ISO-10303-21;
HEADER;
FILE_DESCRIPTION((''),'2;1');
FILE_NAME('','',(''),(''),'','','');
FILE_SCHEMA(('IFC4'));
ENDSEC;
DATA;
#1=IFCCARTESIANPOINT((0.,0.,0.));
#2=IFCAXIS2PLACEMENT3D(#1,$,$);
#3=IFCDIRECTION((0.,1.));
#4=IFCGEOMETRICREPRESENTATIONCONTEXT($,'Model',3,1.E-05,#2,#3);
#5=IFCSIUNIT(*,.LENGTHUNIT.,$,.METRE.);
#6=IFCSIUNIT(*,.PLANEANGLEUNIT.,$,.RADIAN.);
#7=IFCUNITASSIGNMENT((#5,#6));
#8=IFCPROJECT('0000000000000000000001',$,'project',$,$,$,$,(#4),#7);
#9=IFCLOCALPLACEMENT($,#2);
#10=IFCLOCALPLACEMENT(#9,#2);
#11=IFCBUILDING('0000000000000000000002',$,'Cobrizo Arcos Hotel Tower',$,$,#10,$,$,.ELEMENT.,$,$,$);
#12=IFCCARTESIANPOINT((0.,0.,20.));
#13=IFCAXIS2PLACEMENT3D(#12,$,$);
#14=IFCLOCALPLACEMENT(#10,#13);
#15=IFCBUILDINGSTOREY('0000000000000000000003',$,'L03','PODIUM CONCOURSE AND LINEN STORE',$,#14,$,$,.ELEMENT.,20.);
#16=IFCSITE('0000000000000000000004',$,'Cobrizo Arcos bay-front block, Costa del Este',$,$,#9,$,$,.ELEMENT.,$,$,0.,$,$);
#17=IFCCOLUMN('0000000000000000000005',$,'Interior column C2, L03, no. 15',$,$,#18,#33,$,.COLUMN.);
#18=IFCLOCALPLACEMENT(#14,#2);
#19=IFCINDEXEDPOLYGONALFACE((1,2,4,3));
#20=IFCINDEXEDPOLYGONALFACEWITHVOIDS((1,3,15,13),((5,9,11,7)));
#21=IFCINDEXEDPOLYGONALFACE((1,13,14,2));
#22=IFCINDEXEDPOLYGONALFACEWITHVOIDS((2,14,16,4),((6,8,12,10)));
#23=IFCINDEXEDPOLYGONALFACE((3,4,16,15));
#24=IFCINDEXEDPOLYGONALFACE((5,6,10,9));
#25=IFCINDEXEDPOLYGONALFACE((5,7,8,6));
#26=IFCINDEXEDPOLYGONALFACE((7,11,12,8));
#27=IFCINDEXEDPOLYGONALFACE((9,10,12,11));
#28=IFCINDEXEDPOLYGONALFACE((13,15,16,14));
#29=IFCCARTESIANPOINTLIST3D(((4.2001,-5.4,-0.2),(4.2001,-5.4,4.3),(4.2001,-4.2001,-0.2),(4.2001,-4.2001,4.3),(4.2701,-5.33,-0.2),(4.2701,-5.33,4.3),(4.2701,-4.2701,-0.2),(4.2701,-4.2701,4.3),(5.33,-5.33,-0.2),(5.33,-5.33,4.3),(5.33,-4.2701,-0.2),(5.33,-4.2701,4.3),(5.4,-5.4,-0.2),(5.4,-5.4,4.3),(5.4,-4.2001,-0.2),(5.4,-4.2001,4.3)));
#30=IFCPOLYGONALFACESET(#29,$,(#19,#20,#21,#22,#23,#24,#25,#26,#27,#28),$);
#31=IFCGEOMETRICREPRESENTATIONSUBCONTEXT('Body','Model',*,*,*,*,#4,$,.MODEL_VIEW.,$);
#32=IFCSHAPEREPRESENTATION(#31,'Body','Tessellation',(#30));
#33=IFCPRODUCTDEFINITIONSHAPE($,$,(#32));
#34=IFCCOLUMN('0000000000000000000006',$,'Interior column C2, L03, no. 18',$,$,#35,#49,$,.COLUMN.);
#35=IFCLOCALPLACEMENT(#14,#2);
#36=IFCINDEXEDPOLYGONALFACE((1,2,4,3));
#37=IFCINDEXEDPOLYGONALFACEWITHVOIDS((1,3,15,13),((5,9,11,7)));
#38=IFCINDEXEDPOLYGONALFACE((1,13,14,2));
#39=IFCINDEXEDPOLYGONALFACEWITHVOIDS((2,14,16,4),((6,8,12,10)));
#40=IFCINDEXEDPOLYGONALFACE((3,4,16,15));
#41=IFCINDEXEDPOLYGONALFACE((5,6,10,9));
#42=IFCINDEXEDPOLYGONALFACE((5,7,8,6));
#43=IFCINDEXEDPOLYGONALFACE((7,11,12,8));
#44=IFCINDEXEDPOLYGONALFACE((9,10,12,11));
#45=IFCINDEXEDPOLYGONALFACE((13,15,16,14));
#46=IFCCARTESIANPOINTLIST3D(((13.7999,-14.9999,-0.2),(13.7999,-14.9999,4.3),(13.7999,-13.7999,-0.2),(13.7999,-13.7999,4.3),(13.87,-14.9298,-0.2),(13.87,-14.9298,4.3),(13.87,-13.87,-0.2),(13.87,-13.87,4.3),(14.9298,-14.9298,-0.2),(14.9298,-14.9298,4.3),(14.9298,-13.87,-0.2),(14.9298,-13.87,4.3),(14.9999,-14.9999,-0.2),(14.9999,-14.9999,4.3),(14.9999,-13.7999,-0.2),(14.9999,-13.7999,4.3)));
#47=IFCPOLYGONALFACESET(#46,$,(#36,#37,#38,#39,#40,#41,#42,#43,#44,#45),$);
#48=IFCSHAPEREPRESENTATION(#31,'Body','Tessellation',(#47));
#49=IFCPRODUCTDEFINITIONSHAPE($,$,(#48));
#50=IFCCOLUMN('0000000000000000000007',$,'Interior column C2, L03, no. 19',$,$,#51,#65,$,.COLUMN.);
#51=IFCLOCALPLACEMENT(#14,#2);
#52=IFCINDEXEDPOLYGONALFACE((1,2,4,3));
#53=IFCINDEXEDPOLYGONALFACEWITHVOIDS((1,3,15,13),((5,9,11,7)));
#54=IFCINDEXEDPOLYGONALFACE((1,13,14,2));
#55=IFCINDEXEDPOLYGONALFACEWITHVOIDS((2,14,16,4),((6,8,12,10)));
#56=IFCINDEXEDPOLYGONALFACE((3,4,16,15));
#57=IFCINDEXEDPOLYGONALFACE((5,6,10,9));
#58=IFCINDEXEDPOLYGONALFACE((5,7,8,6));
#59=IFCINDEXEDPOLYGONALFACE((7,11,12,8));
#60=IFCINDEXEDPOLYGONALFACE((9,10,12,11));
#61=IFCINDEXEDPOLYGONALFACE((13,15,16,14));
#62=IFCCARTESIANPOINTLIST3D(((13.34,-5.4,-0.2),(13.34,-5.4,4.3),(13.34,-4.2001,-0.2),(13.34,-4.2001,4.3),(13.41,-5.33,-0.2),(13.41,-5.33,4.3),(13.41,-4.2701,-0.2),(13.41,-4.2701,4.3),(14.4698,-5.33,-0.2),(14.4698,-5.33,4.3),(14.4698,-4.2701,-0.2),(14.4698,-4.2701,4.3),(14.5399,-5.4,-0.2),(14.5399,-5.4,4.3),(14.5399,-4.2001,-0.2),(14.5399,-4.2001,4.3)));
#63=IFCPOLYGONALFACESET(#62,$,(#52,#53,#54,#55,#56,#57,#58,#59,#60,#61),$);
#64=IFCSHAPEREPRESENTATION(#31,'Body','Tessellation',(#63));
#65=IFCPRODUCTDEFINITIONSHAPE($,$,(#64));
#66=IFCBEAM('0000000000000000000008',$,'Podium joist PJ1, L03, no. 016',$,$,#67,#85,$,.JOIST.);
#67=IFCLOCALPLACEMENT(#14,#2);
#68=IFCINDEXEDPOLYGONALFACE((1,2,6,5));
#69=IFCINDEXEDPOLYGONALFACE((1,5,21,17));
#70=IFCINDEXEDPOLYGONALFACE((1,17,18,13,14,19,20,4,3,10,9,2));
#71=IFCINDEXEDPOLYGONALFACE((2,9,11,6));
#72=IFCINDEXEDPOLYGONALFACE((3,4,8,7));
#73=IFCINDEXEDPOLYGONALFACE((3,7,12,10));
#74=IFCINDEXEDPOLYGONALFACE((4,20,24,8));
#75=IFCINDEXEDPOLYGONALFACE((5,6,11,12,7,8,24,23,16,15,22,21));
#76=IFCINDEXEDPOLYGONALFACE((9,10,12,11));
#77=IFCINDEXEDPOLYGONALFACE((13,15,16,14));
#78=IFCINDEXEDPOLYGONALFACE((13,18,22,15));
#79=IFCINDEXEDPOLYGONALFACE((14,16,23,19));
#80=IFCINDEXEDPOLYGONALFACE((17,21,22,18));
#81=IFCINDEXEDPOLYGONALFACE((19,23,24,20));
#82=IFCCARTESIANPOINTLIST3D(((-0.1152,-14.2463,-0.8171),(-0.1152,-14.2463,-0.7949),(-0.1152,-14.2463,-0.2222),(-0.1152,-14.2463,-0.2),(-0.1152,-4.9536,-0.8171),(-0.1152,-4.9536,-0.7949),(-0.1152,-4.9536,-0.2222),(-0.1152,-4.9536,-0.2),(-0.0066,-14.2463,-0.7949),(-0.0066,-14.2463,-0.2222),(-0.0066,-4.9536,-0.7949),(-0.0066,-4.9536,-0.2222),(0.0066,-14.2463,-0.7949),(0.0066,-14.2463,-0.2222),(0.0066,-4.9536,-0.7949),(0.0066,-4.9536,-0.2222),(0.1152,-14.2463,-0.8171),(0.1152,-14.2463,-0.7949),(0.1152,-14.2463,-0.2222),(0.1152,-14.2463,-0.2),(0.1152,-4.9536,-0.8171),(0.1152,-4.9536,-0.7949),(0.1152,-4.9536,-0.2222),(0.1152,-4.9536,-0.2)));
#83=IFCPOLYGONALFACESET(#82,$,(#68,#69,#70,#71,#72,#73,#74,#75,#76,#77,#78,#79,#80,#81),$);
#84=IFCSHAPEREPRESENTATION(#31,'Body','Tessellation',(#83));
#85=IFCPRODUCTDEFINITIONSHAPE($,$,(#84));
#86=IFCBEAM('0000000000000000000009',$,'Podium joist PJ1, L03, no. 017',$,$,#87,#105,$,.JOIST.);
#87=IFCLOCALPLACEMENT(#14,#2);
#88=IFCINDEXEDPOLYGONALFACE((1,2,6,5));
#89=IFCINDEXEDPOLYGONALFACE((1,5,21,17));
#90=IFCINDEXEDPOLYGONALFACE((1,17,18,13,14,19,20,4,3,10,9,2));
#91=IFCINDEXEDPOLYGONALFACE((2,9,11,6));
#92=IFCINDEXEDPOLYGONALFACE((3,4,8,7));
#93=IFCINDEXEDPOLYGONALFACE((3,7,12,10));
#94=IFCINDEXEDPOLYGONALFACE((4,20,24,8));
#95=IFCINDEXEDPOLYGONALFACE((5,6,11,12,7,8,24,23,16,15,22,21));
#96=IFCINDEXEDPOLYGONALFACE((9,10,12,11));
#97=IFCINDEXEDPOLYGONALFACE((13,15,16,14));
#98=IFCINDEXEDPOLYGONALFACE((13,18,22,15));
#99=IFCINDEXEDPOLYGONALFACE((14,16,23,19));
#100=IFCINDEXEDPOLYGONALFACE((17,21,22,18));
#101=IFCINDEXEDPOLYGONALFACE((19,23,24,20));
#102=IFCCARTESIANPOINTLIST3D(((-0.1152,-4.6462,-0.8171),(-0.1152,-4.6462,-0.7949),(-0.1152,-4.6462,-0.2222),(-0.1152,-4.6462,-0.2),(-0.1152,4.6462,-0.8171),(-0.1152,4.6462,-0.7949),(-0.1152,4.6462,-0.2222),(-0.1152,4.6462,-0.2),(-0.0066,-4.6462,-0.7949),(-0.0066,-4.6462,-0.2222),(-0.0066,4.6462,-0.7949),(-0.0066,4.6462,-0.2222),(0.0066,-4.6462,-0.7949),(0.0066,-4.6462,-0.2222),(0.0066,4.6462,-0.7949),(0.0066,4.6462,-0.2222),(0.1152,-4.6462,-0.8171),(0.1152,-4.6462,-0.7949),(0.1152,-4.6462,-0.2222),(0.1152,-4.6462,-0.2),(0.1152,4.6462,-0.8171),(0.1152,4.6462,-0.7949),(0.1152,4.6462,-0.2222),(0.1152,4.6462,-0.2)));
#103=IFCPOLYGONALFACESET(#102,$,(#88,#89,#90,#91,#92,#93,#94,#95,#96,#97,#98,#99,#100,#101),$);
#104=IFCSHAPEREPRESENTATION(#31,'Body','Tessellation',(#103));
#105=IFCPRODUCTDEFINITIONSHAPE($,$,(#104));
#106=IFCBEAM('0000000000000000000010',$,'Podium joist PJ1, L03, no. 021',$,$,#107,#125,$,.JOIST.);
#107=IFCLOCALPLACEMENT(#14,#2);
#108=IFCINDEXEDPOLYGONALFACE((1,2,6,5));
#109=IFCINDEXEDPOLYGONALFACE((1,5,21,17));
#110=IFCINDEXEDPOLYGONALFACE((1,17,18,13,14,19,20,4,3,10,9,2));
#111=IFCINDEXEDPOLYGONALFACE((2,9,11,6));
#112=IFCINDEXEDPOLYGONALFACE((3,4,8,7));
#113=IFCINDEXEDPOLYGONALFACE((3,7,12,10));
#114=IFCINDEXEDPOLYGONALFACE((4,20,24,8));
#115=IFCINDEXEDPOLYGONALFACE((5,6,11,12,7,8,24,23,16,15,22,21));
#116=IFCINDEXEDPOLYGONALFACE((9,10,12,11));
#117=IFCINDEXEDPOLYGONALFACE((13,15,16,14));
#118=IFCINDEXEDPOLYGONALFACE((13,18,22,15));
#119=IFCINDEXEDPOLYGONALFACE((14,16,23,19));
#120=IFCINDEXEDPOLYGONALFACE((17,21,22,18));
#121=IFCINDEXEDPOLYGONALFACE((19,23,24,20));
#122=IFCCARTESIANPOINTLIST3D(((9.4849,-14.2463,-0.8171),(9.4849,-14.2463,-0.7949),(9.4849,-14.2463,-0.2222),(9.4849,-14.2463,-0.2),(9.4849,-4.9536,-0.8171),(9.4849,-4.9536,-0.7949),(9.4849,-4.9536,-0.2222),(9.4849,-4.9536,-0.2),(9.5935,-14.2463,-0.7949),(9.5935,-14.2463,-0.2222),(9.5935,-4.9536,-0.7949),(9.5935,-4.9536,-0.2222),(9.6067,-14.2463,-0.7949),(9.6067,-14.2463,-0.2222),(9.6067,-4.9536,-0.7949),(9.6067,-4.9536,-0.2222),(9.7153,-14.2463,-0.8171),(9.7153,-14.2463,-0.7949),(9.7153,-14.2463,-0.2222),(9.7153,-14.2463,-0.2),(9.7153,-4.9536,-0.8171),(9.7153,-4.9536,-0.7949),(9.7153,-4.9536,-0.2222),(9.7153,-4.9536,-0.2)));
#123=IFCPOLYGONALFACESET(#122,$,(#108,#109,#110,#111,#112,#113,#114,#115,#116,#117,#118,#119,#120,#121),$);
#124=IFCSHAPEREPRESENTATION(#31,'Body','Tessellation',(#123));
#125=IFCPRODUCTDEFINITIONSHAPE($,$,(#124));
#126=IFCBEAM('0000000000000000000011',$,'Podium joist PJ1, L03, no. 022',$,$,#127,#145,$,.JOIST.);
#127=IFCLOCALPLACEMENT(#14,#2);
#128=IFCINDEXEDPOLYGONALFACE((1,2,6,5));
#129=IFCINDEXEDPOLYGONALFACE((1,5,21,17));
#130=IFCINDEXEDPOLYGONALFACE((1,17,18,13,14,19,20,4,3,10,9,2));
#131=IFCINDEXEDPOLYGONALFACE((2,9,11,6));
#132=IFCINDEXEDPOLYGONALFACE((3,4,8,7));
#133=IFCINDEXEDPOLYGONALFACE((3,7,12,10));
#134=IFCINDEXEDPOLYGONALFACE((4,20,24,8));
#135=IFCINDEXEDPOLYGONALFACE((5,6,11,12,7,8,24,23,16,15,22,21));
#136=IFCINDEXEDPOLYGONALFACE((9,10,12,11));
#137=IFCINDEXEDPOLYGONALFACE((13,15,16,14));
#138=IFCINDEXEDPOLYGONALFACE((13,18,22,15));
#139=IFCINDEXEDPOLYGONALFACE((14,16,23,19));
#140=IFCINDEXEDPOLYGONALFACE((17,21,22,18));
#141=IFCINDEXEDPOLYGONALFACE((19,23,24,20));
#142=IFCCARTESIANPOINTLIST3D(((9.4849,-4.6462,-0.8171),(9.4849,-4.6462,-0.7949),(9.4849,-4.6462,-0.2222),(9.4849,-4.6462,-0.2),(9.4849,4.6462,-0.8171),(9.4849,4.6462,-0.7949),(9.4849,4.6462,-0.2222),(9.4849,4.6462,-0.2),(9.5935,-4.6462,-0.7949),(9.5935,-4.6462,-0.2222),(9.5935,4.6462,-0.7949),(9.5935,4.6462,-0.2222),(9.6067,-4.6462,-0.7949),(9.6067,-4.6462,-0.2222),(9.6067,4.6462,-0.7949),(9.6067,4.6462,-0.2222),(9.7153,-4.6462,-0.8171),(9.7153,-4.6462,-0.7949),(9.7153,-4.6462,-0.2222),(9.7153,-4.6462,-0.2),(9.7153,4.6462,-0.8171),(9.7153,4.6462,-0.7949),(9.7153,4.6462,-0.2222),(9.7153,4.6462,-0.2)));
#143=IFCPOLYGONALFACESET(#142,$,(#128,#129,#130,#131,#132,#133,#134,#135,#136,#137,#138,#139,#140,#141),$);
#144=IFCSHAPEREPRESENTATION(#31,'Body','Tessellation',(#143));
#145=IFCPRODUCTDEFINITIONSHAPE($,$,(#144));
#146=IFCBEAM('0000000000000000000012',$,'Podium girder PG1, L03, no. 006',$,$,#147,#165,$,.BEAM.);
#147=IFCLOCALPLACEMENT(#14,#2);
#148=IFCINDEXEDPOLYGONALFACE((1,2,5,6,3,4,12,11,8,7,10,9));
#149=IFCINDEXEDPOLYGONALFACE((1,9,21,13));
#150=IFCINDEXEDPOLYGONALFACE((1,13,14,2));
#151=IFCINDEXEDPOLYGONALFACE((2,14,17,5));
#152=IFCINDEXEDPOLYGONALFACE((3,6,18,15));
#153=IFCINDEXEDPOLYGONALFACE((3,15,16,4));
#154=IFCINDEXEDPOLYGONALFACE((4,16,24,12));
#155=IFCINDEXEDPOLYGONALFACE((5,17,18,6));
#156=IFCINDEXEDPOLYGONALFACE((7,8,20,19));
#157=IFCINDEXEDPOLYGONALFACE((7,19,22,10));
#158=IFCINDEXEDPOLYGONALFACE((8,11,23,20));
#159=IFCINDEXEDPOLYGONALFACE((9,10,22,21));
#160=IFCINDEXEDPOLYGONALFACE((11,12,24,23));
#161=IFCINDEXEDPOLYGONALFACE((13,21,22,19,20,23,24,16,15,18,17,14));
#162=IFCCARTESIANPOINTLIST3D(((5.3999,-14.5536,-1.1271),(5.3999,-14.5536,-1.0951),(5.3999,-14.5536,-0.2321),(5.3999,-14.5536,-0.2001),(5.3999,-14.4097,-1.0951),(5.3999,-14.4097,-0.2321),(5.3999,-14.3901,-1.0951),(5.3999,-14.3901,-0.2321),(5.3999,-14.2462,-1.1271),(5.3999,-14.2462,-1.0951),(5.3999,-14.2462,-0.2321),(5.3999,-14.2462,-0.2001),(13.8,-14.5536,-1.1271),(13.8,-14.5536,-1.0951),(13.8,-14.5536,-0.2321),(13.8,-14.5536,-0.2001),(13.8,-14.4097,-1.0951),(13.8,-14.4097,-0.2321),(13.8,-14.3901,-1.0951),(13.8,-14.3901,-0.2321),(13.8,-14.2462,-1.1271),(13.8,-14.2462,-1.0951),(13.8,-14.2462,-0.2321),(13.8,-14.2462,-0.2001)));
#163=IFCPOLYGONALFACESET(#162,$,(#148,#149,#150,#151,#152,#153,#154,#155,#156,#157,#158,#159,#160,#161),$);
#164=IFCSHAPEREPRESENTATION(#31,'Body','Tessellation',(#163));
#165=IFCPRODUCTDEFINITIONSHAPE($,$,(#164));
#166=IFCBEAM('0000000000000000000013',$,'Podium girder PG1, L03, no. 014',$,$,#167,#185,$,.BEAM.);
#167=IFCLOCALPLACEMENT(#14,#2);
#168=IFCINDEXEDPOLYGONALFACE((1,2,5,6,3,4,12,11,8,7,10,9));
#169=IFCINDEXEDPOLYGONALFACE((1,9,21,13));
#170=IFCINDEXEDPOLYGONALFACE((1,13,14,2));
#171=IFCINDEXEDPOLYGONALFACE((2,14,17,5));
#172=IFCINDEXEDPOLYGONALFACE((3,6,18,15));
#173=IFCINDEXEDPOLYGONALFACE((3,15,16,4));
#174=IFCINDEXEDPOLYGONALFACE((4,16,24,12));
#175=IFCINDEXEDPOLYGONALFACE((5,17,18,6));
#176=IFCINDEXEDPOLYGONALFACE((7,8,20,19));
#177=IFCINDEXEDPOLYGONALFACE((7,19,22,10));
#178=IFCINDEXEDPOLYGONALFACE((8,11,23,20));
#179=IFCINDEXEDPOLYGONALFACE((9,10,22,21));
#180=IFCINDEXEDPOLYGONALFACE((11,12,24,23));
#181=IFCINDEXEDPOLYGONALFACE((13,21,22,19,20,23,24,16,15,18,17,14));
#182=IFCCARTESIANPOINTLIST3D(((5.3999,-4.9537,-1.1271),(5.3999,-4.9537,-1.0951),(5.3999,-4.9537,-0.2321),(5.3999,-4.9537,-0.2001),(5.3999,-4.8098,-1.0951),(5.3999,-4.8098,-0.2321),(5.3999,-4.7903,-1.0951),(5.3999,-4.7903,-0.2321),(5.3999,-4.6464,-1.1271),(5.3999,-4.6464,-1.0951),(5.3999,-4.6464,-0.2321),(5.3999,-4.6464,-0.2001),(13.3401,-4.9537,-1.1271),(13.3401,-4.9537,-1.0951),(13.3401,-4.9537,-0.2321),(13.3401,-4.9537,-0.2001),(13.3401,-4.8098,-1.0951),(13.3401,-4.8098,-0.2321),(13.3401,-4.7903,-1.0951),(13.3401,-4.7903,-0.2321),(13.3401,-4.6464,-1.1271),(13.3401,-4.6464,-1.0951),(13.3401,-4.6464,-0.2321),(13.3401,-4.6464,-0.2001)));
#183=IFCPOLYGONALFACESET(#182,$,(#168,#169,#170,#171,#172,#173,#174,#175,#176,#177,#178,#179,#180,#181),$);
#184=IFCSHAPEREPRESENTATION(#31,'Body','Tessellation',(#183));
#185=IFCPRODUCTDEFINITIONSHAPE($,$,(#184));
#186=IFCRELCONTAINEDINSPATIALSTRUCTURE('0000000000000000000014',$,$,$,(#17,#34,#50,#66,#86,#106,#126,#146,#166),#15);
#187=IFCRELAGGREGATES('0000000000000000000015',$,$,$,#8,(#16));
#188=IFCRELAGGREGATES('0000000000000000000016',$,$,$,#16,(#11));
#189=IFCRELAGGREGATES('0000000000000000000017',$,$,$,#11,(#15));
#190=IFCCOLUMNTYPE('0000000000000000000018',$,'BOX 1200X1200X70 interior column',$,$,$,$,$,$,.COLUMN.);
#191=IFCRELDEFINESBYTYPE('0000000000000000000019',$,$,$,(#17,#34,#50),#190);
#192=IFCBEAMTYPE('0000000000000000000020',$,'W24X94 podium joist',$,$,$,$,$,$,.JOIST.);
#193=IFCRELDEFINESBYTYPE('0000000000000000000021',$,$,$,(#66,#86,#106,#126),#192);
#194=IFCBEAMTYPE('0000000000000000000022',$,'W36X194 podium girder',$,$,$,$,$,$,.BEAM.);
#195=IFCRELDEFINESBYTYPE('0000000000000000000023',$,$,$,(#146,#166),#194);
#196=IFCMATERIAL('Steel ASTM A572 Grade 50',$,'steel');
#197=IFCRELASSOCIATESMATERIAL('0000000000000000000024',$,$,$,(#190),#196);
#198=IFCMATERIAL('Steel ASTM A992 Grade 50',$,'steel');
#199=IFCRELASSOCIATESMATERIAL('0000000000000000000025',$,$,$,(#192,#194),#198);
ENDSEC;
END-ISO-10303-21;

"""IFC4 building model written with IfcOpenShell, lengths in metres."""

from ifc_helpers import new_model, si_unit, direction, frame, origin, origin_2d, place, context, subcontext, project, spatial, hollow_rectangle, i_section, extrude, material, material_profile, profile_set, type_object, element, save


model = new_model("IFC4")

# Units and contexts
model_context = context("Model", 3, precision=1e-05, world=origin(), true_north=direction((0.0, 1.0)))
body_context = subcontext(model_context, "Body", "Model", "MODEL_VIEW")
ifc_project = project(units=[si_unit("LENGTHUNIT", "METRE"), si_unit("PLANEANGLEUNIT", "RADIAN")], contexts=[model_context])

# Site, building, storey
site_placement = place(None, origin())
site = spatial("IfcSite", under=ifc_project, at=site_placement, Name="Cobrizo Arcos bay-front block, Costa del Este", CompositionType="ELEMENT", RefElevation=0.0)
building_placement = place(site_placement, origin())
building = spatial("IfcBuilding", under=site, at=building_placement, Name="Cobrizo Arcos Hotel Tower", CompositionType="ELEMENT")
storey_placement = place(building_placement, frame((0.0, 0.0, 20.0)))
storey = spatial("IfcBuildingStorey", under=building, at=storey_placement, Name="L03", Description="PODIUM CONCOURSE AND LINEN STORE", CompositionType="ELEMENT", Elevation=20.0)

# Columns
ifc_material_1 = material(Name="Steel ASTM A572 Grade 50", Category="steel")
ifc_material_profile_1 = material_profile(ifc_material_1, hollow_rectangle(XDim=1.2, YDim=1.2, WallThickness=0.0701, at=origin_2d()), Name="BOX 1200X1200X70")
ifc_profile_set_1 = profile_set([ifc_material_profile_1], Name="Steel ASTM A572 Grade 50")
column_type = type_object("IfcColumnType", Name="BOX 1200X1200X70 interior column", PredefinedType="COLUMN", material=ifc_profile_set_1)
for number, where, z_axis, x_axis, name in (
    (1, (4.8, -4.8, -0.2), (0.0, 0.0, 1.0), (1.0, 0.0, 0.0), "Interior column C2, L03, no. 15"),
    (2, (14.3999, -14.3999, -0.2), (0.0, 0.0, 1.0), (1.0, 0.0, 0.0), "Interior column C2, L03, no. 18"),
    (3, (13.9399, -4.8, -0.2), (0.0, 0.0, 1.0), (1.0, 0.0, 0.0), "Interior column C2, L03, no. 19"),
):
    element("IfcColumn", number, at=place(storey_placement, frame(where, z_axis=z_axis, x_axis=x_axis)), inside=storey, type_object=column_type, Name=name, PredefinedType="COLUMN", context=body_context, shape_type="SweptSolid", body=[
        extrude(hollow_rectangle(XDim=1.2, YDim=1.2, WallThickness=0.0701, at=origin_2d()), origin(), (0.0, 0.0, 1.0), 4.5),
    ])

# Beams
ifc_material_2 = material(Name="Steel ASTM A992 Grade 50", Category="steel")
ifc_material_profile_2 = material_profile(ifc_material_2, i_section(OverallWidth=0.2305, OverallDepth=0.6172, WebThickness=0.0132, FlangeThickness=0.0222, at=origin_2d()), Name="W24X94")
ifc_profile_set_2 = profile_set([ifc_material_profile_2], Name="Steel ASTM A992 Grade 50")
beam_type_1 = type_object("IfcBeamType", Name="W24X94 podium joist", PredefinedType="JOIST", material=ifc_profile_set_2)
beam_1_placement = place(storey_placement, frame((0.0, -14.2463, -0.5085), z_axis=(0.0, 1.0, 0.0), x_axis=(-1.0, 0.0, 0.0)))
element("IfcBeam", 4, at=beam_1_placement, inside=storey, type_object=beam_type_1, Name="Podium joist PJ1, L03, no. 016", PredefinedType="JOIST", context=body_context, shape_type="SweptSolid", body=[
    extrude(i_section(OverallWidth=0.2305, OverallDepth=0.6172, WebThickness=0.0132, FlangeThickness=0.0222, at=origin_2d()), origin(), (0.0, 0.0, 1.0), 9.2927),
])
beam_2_placement = place(storey_placement, frame((0.0, -4.6462, -0.5085), z_axis=(0.0, 1.0, 0.0), x_axis=(-1.0, 0.0, 0.0)))
element("IfcBeam", 5, at=beam_2_placement, inside=storey, type_object=beam_type_1, Name="Podium joist PJ1, L03, no. 017", PredefinedType="JOIST", context=body_context, shape_type="SweptSolid", body=[
    extrude(i_section(OverallWidth=0.2305, OverallDepth=0.6172, WebThickness=0.0132, FlangeThickness=0.0222, at=origin_2d()), origin(), (0.0, 0.0, 1.0), 9.2925),
])
beam_3_placement = place(storey_placement, frame((9.6001, -14.2463, -0.5085), z_axis=(0.0, 1.0, 0.0), x_axis=(-1.0, 0.0, 0.0)))
element("IfcBeam", 6, at=beam_3_placement, inside=storey, type_object=beam_type_1, Name="Podium joist PJ1, L03, no. 021", PredefinedType="JOIST", context=body_context, shape_type="SweptSolid", body=[
    extrude(i_section(OverallWidth=0.2305, OverallDepth=0.6172, WebThickness=0.0132, FlangeThickness=0.0222, at=origin_2d()), origin(), (0.0, 0.0, 1.0), 9.2927),
])
beam_4_placement = place(storey_placement, frame((9.6001, -4.6462, -0.5085), z_axis=(0.0, 1.0, 0.0), x_axis=(-1.0, 0.0, 0.0)))
element("IfcBeam", 7, at=beam_4_placement, inside=storey, type_object=beam_type_1, Name="Podium joist PJ1, L03, no. 022", PredefinedType="JOIST", context=body_context, shape_type="SweptSolid", body=[
    extrude(i_section(OverallWidth=0.2305, OverallDepth=0.6172, WebThickness=0.0132, FlangeThickness=0.0222, at=origin_2d()), origin(), (0.0, 0.0, 1.0), 9.2925),
])
ifc_material_profile_3 = material_profile(ifc_material_2, i_section(OverallWidth=0.3074, OverallDepth=0.927, WebThickness=0.0195, FlangeThickness=0.032, at=origin_2d()), Name="W36X194")
ifc_profile_set_3 = profile_set([ifc_material_profile_3], Name="Steel ASTM A992 Grade 50")
beam_type_2 = type_object("IfcBeamType", Name="W36X194 podium girder", PredefinedType="BEAM", material=ifc_profile_set_3)
beam_5_placement = place(storey_placement, frame((5.3999, -14.3999, -0.6636), z_axis=(1.0, 0.0, 0.0), x_axis=(0.0, 1.0, 0.0)))
element("IfcBeam", 8, at=beam_5_placement, inside=storey, type_object=beam_type_2, Name="Podium girder PG1, L03, no. 006", PredefinedType="BEAM", context=body_context, shape_type="SweptSolid", body=[
    extrude(i_section(OverallWidth=0.3074, OverallDepth=0.927, WebThickness=0.0195, FlangeThickness=0.032, at=origin_2d()), origin(), (0.0, 0.0, 1.0), 8.4001),
])
beam_6_placement = place(storey_placement, frame((5.3999, -4.8, -0.6636), z_axis=(1.0, 0.0, 0.0), x_axis=(0.0, 1.0, 0.0)))
element("IfcBeam", 9, at=beam_6_placement, inside=storey, type_object=beam_type_2, Name="Podium girder PG1, L03, no. 014", PredefinedType="BEAM", context=body_context, shape_type="SweptSolid", body=[
    extrude(i_section(OverallWidth=0.3074, OverallDepth=0.927, WebThickness=0.0195, FlangeThickness=0.032, at=origin_2d()), origin(), (0.0, 0.0, 1.0), 7.9402),
])

save(model, "model.ifc")
